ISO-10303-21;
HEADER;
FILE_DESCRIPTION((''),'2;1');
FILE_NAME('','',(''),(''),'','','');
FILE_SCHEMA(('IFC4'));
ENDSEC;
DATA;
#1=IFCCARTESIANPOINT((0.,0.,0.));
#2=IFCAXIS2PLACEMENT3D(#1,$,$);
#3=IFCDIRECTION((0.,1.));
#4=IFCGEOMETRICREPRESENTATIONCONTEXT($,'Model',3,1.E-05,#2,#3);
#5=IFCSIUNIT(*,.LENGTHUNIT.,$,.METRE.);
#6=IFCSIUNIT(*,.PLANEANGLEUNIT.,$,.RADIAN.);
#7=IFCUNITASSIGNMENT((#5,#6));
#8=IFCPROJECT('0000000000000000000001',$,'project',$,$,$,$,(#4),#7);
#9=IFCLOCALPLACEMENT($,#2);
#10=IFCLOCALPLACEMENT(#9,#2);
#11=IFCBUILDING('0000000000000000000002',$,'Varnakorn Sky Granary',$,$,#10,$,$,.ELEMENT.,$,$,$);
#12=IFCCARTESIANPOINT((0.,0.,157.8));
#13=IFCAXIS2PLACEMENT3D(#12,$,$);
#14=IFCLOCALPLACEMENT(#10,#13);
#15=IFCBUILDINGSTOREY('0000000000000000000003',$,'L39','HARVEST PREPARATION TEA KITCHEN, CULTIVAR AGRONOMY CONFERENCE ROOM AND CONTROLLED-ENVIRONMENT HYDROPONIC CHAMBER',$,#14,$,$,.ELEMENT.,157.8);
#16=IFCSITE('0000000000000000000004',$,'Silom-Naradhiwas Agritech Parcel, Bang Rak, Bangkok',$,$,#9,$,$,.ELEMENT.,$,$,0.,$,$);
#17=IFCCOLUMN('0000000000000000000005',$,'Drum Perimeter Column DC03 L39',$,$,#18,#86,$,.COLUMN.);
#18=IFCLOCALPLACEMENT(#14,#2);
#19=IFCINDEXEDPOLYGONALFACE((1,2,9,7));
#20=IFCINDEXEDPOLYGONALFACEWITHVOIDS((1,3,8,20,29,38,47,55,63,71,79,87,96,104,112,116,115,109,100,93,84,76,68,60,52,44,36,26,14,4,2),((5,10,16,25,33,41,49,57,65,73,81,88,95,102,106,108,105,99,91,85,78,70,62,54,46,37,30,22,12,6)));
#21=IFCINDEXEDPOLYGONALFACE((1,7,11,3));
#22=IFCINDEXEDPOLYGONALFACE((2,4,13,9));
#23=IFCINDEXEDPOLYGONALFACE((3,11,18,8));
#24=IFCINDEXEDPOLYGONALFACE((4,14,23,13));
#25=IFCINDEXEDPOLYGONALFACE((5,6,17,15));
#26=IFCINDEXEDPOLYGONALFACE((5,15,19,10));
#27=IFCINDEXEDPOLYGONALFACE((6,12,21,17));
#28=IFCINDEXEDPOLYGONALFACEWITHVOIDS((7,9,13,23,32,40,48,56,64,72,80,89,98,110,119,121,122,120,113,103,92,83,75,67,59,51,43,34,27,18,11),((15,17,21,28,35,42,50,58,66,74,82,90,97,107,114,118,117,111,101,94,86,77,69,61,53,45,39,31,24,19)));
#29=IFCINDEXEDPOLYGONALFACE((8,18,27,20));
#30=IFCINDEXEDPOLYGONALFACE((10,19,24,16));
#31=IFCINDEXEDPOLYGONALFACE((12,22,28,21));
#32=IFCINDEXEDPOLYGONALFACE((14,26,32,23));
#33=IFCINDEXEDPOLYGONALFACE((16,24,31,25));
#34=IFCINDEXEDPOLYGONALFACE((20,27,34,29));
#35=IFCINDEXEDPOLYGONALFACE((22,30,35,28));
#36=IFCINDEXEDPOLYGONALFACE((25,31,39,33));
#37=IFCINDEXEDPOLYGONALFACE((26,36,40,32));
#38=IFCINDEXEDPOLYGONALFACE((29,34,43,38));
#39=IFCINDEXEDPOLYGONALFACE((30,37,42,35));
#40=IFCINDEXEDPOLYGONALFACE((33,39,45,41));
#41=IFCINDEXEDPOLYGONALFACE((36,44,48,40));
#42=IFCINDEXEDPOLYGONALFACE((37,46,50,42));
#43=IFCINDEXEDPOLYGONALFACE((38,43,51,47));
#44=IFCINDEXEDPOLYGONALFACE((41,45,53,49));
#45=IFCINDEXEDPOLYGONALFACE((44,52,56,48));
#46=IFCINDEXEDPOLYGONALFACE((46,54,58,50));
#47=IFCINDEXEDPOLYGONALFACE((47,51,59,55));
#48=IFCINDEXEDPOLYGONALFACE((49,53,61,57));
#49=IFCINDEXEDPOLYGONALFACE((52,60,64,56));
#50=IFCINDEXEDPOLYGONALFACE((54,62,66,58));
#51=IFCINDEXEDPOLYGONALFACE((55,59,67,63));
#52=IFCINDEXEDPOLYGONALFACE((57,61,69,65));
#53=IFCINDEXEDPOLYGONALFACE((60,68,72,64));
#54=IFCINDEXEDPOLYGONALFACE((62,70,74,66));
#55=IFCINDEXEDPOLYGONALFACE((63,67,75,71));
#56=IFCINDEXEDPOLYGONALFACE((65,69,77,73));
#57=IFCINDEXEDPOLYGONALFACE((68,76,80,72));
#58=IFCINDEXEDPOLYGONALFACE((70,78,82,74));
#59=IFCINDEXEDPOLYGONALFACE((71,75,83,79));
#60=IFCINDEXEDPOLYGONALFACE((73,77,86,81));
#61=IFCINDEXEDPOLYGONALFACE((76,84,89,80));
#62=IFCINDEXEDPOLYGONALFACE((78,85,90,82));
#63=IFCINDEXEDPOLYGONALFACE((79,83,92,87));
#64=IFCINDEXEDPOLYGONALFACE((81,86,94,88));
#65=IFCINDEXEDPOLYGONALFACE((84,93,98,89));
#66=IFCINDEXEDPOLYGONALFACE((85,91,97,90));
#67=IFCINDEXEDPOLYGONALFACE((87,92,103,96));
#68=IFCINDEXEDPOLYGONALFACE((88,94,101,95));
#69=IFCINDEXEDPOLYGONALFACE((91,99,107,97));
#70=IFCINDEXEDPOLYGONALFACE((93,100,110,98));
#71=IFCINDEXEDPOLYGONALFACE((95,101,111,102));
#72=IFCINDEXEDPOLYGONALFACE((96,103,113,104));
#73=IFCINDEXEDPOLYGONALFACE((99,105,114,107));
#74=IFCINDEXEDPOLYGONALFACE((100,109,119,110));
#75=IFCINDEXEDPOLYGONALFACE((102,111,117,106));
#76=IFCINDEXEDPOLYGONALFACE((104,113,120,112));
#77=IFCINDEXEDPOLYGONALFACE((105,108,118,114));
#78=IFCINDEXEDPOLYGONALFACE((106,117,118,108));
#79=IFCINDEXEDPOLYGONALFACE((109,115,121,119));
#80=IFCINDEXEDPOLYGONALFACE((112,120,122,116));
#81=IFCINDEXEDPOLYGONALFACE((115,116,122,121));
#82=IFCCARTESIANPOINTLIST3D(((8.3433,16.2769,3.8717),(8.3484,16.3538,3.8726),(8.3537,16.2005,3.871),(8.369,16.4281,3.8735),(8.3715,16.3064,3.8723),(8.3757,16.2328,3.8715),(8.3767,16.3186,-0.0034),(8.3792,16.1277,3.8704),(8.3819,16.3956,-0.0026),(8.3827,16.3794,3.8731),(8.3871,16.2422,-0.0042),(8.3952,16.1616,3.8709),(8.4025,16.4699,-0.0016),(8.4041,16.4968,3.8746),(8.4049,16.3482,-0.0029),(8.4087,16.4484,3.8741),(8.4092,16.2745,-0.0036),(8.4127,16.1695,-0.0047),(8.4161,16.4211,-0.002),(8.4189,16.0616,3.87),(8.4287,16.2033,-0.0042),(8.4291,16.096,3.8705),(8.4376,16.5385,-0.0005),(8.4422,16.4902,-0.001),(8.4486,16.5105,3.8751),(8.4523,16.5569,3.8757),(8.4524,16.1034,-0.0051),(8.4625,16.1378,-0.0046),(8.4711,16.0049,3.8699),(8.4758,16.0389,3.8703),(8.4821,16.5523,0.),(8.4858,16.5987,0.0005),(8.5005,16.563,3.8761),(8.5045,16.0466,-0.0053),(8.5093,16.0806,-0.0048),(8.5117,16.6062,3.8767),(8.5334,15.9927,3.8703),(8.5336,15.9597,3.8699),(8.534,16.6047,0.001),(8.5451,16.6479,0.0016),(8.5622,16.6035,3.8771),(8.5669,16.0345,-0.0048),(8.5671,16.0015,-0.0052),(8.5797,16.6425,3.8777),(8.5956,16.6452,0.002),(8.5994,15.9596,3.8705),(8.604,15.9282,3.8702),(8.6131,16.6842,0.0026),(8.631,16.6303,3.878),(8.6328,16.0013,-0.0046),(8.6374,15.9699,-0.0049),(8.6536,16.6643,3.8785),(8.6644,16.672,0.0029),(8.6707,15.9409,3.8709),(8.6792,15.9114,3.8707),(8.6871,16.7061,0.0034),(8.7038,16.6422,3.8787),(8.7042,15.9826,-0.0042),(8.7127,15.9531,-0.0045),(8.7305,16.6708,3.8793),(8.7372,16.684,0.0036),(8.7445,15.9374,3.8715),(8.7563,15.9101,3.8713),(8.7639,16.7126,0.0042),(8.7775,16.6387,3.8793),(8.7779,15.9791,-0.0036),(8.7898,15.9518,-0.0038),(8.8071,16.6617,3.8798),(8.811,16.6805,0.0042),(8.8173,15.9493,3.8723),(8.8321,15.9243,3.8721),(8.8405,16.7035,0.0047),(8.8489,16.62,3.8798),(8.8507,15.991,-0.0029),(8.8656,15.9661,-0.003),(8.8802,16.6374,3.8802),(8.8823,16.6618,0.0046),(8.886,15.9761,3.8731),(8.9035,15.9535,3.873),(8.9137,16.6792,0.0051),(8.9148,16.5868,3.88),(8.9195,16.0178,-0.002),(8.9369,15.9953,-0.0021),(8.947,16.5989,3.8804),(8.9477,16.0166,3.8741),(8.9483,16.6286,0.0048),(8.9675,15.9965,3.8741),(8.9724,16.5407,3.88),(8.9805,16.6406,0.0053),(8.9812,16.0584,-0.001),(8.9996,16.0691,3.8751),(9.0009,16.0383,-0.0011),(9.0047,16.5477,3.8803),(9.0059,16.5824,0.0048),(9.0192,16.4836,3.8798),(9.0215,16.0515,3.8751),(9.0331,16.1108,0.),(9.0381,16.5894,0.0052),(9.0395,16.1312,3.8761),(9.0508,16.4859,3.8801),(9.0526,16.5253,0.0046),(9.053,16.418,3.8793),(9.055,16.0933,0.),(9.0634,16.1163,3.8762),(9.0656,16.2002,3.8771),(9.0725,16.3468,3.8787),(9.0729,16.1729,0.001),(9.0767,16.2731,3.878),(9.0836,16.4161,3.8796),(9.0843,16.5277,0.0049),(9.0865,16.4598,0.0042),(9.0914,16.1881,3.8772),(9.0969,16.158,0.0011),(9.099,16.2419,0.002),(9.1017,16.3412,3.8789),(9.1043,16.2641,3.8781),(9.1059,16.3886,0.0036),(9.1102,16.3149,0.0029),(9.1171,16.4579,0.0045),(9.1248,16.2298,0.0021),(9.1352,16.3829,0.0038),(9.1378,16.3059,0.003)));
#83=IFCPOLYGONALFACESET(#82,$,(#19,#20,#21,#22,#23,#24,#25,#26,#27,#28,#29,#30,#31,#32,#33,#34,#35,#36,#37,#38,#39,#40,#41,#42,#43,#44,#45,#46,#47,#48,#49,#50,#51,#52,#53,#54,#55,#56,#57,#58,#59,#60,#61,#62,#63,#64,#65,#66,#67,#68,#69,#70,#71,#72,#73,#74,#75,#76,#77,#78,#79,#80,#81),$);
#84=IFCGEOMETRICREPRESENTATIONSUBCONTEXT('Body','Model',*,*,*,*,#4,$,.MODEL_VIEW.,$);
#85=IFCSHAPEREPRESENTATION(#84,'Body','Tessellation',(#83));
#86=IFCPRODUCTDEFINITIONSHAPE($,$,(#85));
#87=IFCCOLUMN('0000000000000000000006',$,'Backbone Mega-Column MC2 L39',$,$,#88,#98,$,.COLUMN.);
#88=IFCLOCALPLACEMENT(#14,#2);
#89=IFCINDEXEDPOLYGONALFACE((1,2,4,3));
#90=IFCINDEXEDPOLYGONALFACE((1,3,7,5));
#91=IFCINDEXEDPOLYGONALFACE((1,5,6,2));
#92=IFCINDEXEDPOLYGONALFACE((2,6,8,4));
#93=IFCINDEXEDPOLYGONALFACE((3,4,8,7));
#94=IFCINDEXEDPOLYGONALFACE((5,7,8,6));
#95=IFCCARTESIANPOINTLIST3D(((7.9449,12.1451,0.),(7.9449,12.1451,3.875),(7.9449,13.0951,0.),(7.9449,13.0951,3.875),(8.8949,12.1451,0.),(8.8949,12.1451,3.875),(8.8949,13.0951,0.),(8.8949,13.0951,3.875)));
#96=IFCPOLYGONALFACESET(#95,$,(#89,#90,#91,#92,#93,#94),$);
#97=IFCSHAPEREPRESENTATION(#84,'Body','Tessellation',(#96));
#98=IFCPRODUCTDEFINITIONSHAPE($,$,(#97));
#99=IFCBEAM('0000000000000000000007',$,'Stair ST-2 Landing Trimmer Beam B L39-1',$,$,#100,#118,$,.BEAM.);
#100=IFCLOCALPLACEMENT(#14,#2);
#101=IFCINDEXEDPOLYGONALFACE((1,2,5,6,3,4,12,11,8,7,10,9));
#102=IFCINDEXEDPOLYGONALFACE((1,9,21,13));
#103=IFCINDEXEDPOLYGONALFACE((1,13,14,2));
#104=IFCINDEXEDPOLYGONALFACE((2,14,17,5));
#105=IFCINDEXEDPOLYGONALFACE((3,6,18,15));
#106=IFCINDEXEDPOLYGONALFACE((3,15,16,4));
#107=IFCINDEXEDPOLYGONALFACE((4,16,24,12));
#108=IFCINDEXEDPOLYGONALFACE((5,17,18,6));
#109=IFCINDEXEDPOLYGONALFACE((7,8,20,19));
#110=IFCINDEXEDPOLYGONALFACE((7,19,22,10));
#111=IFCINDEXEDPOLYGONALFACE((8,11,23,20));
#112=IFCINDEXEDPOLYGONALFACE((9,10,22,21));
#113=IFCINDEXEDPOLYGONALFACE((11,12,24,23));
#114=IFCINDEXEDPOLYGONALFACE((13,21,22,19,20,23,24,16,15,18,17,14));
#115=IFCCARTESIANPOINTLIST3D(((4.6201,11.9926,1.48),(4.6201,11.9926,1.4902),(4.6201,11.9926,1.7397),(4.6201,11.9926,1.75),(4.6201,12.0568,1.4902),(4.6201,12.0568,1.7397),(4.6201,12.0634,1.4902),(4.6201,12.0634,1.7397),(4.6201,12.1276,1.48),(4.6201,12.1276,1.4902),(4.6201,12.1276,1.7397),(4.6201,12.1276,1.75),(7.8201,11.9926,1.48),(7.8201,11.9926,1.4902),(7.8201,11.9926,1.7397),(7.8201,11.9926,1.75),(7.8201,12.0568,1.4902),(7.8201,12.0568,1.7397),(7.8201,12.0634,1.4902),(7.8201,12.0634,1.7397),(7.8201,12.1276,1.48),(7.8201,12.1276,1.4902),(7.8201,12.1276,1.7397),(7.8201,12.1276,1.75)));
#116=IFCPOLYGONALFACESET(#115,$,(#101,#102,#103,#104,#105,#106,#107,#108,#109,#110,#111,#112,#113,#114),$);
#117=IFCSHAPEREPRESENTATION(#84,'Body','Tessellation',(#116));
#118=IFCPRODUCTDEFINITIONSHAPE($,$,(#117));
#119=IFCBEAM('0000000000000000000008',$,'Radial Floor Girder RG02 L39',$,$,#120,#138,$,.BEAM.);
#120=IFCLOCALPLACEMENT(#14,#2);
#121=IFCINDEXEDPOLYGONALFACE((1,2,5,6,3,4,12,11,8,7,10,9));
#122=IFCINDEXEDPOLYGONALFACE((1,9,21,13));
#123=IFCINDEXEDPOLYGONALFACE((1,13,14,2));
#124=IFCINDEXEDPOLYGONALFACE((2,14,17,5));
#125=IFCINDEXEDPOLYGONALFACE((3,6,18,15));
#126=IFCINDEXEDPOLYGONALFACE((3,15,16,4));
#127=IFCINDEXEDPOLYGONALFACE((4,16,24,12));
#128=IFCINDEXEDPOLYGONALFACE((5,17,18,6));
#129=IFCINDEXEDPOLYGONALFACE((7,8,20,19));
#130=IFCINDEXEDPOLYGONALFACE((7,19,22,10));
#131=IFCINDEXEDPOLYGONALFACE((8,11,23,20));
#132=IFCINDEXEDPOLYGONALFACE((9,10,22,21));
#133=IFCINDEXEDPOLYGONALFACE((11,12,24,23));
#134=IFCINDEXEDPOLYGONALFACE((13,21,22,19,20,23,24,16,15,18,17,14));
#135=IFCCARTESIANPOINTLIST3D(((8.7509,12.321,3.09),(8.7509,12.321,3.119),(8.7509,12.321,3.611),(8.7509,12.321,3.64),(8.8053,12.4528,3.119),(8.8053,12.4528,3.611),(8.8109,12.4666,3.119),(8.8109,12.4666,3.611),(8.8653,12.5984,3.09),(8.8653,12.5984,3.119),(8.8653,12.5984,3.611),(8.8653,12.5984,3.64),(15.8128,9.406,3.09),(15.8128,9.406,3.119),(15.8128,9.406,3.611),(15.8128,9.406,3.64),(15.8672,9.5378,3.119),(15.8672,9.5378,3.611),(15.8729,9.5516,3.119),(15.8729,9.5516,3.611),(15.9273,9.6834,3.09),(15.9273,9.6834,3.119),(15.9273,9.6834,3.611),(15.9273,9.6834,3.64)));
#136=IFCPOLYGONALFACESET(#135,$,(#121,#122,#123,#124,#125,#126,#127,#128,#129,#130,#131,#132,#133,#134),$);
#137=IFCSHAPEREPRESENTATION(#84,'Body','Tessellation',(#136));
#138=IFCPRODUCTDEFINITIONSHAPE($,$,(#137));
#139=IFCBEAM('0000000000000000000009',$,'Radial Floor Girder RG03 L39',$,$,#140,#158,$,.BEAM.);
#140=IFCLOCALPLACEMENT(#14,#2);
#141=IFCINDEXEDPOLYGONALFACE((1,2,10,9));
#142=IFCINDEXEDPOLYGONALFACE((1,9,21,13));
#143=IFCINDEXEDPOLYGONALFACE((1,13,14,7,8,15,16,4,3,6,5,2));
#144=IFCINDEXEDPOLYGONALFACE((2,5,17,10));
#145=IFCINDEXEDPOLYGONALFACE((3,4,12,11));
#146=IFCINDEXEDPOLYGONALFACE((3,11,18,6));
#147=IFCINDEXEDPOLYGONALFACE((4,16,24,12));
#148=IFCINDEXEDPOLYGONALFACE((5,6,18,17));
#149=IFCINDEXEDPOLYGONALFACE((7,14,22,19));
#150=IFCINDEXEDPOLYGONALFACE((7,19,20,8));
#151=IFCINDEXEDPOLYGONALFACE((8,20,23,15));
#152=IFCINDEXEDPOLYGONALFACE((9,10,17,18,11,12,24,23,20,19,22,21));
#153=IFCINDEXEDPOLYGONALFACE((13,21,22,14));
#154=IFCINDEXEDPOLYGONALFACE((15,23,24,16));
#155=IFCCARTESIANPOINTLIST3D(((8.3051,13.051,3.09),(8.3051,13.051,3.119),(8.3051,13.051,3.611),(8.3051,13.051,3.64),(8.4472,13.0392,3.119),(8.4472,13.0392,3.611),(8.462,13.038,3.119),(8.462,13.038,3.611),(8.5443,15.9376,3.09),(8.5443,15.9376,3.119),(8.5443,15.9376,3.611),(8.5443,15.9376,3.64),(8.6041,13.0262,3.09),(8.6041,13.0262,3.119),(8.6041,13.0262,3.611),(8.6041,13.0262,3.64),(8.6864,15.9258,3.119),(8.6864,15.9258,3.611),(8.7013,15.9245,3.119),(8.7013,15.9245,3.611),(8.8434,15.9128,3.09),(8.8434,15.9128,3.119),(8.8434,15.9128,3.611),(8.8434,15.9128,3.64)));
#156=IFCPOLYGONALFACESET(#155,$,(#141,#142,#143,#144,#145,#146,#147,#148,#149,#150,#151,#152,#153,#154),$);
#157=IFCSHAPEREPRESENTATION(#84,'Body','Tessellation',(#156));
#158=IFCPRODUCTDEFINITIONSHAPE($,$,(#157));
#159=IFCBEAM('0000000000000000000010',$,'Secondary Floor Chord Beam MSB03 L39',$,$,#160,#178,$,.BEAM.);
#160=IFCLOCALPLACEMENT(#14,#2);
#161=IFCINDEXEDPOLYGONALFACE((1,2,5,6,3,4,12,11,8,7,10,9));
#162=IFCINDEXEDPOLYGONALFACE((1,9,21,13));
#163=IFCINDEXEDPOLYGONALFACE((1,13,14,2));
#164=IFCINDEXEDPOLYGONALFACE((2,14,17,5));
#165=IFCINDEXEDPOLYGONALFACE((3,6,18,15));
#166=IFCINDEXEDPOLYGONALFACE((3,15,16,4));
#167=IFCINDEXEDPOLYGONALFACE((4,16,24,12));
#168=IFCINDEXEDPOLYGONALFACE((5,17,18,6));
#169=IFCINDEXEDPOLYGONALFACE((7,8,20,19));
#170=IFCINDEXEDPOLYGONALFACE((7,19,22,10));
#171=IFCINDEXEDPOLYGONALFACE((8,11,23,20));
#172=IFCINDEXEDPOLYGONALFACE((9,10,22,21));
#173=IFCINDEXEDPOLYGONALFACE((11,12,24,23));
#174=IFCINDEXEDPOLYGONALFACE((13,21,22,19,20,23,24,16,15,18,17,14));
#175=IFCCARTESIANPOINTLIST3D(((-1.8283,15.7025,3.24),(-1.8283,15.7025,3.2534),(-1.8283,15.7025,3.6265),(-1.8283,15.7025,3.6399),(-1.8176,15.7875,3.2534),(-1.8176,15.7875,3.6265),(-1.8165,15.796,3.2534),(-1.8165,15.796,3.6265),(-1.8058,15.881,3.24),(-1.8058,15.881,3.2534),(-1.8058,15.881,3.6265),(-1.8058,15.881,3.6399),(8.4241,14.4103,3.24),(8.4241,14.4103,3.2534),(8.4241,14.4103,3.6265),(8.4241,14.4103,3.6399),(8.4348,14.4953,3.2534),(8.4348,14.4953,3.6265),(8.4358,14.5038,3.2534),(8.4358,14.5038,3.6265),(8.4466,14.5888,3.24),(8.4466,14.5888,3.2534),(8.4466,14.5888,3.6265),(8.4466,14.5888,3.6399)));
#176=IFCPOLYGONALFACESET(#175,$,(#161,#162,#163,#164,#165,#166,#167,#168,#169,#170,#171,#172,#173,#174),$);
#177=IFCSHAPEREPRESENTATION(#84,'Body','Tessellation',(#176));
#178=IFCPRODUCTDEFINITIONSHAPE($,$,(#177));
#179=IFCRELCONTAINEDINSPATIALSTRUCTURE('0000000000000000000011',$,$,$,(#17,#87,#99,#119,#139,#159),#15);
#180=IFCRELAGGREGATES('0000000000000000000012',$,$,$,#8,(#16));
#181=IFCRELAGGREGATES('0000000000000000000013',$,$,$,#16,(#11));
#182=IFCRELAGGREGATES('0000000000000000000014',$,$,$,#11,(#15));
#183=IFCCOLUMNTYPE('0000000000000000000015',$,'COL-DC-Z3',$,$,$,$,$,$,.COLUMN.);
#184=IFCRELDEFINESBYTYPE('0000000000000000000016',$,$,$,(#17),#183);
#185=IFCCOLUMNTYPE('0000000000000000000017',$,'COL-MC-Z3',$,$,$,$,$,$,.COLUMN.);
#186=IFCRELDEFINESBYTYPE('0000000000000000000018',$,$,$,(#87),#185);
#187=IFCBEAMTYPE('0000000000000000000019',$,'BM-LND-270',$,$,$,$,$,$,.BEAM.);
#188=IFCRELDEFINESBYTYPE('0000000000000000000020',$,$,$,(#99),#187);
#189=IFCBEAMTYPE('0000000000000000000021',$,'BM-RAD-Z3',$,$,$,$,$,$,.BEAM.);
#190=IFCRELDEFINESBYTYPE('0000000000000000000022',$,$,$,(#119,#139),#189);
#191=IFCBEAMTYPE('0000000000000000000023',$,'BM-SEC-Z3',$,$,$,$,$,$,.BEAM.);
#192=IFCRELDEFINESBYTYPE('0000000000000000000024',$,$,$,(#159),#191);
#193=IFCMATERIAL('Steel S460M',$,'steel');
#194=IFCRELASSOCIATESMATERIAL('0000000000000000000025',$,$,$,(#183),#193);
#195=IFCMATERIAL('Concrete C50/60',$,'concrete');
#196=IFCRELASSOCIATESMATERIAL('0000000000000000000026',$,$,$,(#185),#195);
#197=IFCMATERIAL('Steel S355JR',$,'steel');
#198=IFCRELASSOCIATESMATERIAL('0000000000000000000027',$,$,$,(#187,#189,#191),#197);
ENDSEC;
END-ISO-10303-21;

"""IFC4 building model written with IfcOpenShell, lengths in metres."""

from ifc_helpers import new_model, si_unit, direction, frame, origin, origin_2d, place, context, subcontext, project, spatial, rectangle, hollow_circle, i_section, extrude, material, material_profile, profile_set, type_object, element, save


model = new_model("IFC4")

# Units and contexts
model_context = context("Model", 3, precision=1e-05, world=origin(), true_north=direction((0.0, 1.0)))
body_context = subcontext(model_context, "Body", "Model", "MODEL_VIEW")
ifc_project = project(units=[si_unit("LENGTHUNIT", "METRE"), si_unit("PLANEANGLEUNIT", "RADIAN")], contexts=[model_context])

# Site, building, storey
site_placement = place(None, origin())
site = spatial("IfcSite", under=ifc_project, at=site_placement, Name="Silom-Naradhiwas Agritech Parcel, Bang Rak, Bangkok", CompositionType="ELEMENT", RefElevation=0.0)
building_placement = place(site_placement, origin())
building = spatial("IfcBuilding", under=site, at=building_placement, Name="Varnakorn Sky Granary", CompositionType="ELEMENT")
storey_placement = place(building_placement, frame((0.0, 0.0, 157.8)))
storey = spatial("IfcBuildingStorey", under=building, at=storey_placement, Name="L39", Description="HARVEST PREPARATION TEA KITCHEN, CULTIVAR AGRONOMY CONFERENCE ROOM AND CONTROLLED-ENVIRONMENT HYDROPONIC CHAMBER", CompositionType="ELEMENT", Elevation=157.8)

# Columns
ifc_material_1 = material(Name="Steel S460M", Category="steel")
ifc_material_profile_1 = material_profile(ifc_material_1, hollow_circle(Radius=0.3811, WallThickness=0.0281, at=origin_2d()), Name="CHS 762x28")
ifc_profile_set_1 = profile_set([ifc_material_profile_1], Name="Steel S460M")
column_type_1 = type_object("IfcColumnType", Name="COL-DC-Z3", PredefinedType="COLUMN", material=ifc_profile_set_1)
column_1_placement = place(storey_placement, frame((8.7576, 16.3315, 0.0), z_axis=(-0.008631, -0.010773, 0.999905), x_axis=(0.780423, -0.625251, 0.0)))
element("IfcColumn", 1, at=column_1_placement, inside=storey, type_object=column_type_1, Name="Drum Perimeter Column DC03 L39", PredefinedType="COLUMN", context=body_context, shape_type="SweptSolid", body=[
    extrude(hollow_circle(Radius=0.3811, WallThickness=0.0281, at=origin_2d()), origin(), (0.0, 0.0, 1.0), 3.8755),
])
ifc_material_2 = material(Name="Concrete C50/60", Category="concrete")
ifc_material_profile_2 = material_profile(ifc_material_2, rectangle(XDim=0.95, YDim=0.95, at=origin_2d()), Name="RC 950x950")
ifc_profile_set_2 = profile_set([ifc_material_profile_2], Name="Concrete C50/60")
column_type_2 = type_object("IfcColumnType", Name="COL-MC-Z3", PredefinedType="COLUMN", material=ifc_profile_set_2)
column_2_placement = place(storey_placement, frame((8.4199, 12.6201, 0.0), z_axis=(0.0, 0.0, 1.0), x_axis=(1.0, 0.0, 0.0)))
element("IfcColumn", 2, at=column_2_placement, inside=storey, type_object=column_type_2, Name="Backbone Mega-Column MC2 L39", PredefinedType="COLUMN", context=body_context, shape_type="SweptSolid", body=[
    extrude(rectangle(XDim=0.95, YDim=0.95, at=origin_2d()), origin(), (0.0, 0.0, 1.0), 3.875),
])

# Beams
ifc_material_3 = material(Name="Steel S355JR", Category="steel")
ifc_material_profile_3 = material_profile(ifc_material_3, i_section(OverallWidth=0.135, OverallDepth=0.27, WebThickness=0.0066, FlangeThickness=0.0103, at=origin_2d()), Name="IPE 270")
ifc_profile_set_3 = profile_set([ifc_material_profile_3], Name="Steel S355JR")
beam_type_1 = type_object("IfcBeamType", Name="BM-LND-270", PredefinedType="BEAM", material=ifc_profile_set_3)
beam_1_placement = place(storey_placement, frame((4.6201, 12.0601, 1.615), z_axis=(1.0, 0.0, 0.0), x_axis=(0.0, 1.0, 0.0)))
element("IfcBeam", 3, at=beam_1_placement, inside=storey, type_object=beam_type_1, Name="Stair ST-2 Landing Trimmer Beam B L39-1", PredefinedType="BEAM", context=body_context, shape_type="SweptSolid", body=[
    extrude(i_section(OverallWidth=0.135, OverallDepth=0.27, WebThickness=0.0066, FlangeThickness=0.0103, at=origin_2d()), origin(), (0.0, 0.0, 1.0), 3.2),
])
ifc_material_profile_4 = material_profile(ifc_material_3, i_section(OverallWidth=0.3, OverallDepth=0.55, WebThickness=0.0149, FlangeThickness=0.0291, at=origin_2d()), Name="HE 550 B")
ifc_profile_set_4 = profile_set([ifc_material_profile_4], Name="Steel S355JR")
beam_type_2 = type_object("IfcBeamType", Name="BM-RAD-Z3", PredefinedType="BEAM", material=ifc_profile_set_4)
beam_2_placement = place(storey_placement, frame((8.8081, 12.4597, 3.365), z_axis=(0.924348, -0.38155, 0.0), x_axis=(0.38155, 0.924348, 0.0)))
element("IfcBeam", 4, at=beam_2_placement, inside=storey, type_object=beam_type_2, Name="Radial Floor Girder RG02 L39", PredefinedType="BEAM", context=body_context, shape_type="SweptSolid", body=[
    extrude(i_section(OverallWidth=0.3, OverallDepth=0.55, WebThickness=0.0149, FlangeThickness=0.0291, at=origin_2d()), origin(), (0.0, 0.0, 1.0), 7.6399),
])
beam_3_placement = place(storey_placement, frame((8.4546, 13.0386, 3.365), z_axis=(0.082606, 0.996582, 0.0), x_axis=(-0.996582, 0.082606, 0.0)))
element("IfcBeam", 5, at=beam_3_placement, inside=storey, type_object=beam_type_2, Name="Radial Floor Girder RG03 L39", PredefinedType="BEAM", context=body_context, shape_type="SweptSolid", body=[
    extrude(i_section(OverallWidth=0.3, OverallDepth=0.55, WebThickness=0.0149, FlangeThickness=0.0291, at=origin_2d()), origin(), (0.0, 0.0, 1.0), 2.8965),
])
ifc_material_profile_5 = material_profile(ifc_material_3, i_section(OverallWidth=0.1799, OverallDepth=0.3999, WebThickness=0.0085, FlangeThickness=0.0134, at=origin_2d()), Name="IPE 400")
ifc_profile_set_5 = profile_set([ifc_material_profile_5], Name="Steel S355JR")
beam_type_3 = type_object("IfcBeamType", Name="BM-SEC-Z3", PredefinedType="BEAM", material=ifc_profile_set_5)
beam_4_placement = place(storey_placement, frame((8.4353, 14.4995, 3.4399), z_axis=(-0.99215, 0.125052, 0.0), x_axis=(-0.125052, -0.99215, 0.0)))
element("IfcBeam", 6, at=beam_4_placement, inside=storey, type_object=beam_type_3, Name="Secondary Floor Chord Beam MSB03 L39", PredefinedType="BEAM", context=body_context, shape_type="SweptSolid", body=[
    extrude(i_section(OverallWidth=0.1799, OverallDepth=0.3999, WebThickness=0.0085, FlangeThickness=0.0134, at=origin_2d()), origin(), (0.0, 0.0, 1.0), 10.3335),
])

save(model, "model.ifc")
